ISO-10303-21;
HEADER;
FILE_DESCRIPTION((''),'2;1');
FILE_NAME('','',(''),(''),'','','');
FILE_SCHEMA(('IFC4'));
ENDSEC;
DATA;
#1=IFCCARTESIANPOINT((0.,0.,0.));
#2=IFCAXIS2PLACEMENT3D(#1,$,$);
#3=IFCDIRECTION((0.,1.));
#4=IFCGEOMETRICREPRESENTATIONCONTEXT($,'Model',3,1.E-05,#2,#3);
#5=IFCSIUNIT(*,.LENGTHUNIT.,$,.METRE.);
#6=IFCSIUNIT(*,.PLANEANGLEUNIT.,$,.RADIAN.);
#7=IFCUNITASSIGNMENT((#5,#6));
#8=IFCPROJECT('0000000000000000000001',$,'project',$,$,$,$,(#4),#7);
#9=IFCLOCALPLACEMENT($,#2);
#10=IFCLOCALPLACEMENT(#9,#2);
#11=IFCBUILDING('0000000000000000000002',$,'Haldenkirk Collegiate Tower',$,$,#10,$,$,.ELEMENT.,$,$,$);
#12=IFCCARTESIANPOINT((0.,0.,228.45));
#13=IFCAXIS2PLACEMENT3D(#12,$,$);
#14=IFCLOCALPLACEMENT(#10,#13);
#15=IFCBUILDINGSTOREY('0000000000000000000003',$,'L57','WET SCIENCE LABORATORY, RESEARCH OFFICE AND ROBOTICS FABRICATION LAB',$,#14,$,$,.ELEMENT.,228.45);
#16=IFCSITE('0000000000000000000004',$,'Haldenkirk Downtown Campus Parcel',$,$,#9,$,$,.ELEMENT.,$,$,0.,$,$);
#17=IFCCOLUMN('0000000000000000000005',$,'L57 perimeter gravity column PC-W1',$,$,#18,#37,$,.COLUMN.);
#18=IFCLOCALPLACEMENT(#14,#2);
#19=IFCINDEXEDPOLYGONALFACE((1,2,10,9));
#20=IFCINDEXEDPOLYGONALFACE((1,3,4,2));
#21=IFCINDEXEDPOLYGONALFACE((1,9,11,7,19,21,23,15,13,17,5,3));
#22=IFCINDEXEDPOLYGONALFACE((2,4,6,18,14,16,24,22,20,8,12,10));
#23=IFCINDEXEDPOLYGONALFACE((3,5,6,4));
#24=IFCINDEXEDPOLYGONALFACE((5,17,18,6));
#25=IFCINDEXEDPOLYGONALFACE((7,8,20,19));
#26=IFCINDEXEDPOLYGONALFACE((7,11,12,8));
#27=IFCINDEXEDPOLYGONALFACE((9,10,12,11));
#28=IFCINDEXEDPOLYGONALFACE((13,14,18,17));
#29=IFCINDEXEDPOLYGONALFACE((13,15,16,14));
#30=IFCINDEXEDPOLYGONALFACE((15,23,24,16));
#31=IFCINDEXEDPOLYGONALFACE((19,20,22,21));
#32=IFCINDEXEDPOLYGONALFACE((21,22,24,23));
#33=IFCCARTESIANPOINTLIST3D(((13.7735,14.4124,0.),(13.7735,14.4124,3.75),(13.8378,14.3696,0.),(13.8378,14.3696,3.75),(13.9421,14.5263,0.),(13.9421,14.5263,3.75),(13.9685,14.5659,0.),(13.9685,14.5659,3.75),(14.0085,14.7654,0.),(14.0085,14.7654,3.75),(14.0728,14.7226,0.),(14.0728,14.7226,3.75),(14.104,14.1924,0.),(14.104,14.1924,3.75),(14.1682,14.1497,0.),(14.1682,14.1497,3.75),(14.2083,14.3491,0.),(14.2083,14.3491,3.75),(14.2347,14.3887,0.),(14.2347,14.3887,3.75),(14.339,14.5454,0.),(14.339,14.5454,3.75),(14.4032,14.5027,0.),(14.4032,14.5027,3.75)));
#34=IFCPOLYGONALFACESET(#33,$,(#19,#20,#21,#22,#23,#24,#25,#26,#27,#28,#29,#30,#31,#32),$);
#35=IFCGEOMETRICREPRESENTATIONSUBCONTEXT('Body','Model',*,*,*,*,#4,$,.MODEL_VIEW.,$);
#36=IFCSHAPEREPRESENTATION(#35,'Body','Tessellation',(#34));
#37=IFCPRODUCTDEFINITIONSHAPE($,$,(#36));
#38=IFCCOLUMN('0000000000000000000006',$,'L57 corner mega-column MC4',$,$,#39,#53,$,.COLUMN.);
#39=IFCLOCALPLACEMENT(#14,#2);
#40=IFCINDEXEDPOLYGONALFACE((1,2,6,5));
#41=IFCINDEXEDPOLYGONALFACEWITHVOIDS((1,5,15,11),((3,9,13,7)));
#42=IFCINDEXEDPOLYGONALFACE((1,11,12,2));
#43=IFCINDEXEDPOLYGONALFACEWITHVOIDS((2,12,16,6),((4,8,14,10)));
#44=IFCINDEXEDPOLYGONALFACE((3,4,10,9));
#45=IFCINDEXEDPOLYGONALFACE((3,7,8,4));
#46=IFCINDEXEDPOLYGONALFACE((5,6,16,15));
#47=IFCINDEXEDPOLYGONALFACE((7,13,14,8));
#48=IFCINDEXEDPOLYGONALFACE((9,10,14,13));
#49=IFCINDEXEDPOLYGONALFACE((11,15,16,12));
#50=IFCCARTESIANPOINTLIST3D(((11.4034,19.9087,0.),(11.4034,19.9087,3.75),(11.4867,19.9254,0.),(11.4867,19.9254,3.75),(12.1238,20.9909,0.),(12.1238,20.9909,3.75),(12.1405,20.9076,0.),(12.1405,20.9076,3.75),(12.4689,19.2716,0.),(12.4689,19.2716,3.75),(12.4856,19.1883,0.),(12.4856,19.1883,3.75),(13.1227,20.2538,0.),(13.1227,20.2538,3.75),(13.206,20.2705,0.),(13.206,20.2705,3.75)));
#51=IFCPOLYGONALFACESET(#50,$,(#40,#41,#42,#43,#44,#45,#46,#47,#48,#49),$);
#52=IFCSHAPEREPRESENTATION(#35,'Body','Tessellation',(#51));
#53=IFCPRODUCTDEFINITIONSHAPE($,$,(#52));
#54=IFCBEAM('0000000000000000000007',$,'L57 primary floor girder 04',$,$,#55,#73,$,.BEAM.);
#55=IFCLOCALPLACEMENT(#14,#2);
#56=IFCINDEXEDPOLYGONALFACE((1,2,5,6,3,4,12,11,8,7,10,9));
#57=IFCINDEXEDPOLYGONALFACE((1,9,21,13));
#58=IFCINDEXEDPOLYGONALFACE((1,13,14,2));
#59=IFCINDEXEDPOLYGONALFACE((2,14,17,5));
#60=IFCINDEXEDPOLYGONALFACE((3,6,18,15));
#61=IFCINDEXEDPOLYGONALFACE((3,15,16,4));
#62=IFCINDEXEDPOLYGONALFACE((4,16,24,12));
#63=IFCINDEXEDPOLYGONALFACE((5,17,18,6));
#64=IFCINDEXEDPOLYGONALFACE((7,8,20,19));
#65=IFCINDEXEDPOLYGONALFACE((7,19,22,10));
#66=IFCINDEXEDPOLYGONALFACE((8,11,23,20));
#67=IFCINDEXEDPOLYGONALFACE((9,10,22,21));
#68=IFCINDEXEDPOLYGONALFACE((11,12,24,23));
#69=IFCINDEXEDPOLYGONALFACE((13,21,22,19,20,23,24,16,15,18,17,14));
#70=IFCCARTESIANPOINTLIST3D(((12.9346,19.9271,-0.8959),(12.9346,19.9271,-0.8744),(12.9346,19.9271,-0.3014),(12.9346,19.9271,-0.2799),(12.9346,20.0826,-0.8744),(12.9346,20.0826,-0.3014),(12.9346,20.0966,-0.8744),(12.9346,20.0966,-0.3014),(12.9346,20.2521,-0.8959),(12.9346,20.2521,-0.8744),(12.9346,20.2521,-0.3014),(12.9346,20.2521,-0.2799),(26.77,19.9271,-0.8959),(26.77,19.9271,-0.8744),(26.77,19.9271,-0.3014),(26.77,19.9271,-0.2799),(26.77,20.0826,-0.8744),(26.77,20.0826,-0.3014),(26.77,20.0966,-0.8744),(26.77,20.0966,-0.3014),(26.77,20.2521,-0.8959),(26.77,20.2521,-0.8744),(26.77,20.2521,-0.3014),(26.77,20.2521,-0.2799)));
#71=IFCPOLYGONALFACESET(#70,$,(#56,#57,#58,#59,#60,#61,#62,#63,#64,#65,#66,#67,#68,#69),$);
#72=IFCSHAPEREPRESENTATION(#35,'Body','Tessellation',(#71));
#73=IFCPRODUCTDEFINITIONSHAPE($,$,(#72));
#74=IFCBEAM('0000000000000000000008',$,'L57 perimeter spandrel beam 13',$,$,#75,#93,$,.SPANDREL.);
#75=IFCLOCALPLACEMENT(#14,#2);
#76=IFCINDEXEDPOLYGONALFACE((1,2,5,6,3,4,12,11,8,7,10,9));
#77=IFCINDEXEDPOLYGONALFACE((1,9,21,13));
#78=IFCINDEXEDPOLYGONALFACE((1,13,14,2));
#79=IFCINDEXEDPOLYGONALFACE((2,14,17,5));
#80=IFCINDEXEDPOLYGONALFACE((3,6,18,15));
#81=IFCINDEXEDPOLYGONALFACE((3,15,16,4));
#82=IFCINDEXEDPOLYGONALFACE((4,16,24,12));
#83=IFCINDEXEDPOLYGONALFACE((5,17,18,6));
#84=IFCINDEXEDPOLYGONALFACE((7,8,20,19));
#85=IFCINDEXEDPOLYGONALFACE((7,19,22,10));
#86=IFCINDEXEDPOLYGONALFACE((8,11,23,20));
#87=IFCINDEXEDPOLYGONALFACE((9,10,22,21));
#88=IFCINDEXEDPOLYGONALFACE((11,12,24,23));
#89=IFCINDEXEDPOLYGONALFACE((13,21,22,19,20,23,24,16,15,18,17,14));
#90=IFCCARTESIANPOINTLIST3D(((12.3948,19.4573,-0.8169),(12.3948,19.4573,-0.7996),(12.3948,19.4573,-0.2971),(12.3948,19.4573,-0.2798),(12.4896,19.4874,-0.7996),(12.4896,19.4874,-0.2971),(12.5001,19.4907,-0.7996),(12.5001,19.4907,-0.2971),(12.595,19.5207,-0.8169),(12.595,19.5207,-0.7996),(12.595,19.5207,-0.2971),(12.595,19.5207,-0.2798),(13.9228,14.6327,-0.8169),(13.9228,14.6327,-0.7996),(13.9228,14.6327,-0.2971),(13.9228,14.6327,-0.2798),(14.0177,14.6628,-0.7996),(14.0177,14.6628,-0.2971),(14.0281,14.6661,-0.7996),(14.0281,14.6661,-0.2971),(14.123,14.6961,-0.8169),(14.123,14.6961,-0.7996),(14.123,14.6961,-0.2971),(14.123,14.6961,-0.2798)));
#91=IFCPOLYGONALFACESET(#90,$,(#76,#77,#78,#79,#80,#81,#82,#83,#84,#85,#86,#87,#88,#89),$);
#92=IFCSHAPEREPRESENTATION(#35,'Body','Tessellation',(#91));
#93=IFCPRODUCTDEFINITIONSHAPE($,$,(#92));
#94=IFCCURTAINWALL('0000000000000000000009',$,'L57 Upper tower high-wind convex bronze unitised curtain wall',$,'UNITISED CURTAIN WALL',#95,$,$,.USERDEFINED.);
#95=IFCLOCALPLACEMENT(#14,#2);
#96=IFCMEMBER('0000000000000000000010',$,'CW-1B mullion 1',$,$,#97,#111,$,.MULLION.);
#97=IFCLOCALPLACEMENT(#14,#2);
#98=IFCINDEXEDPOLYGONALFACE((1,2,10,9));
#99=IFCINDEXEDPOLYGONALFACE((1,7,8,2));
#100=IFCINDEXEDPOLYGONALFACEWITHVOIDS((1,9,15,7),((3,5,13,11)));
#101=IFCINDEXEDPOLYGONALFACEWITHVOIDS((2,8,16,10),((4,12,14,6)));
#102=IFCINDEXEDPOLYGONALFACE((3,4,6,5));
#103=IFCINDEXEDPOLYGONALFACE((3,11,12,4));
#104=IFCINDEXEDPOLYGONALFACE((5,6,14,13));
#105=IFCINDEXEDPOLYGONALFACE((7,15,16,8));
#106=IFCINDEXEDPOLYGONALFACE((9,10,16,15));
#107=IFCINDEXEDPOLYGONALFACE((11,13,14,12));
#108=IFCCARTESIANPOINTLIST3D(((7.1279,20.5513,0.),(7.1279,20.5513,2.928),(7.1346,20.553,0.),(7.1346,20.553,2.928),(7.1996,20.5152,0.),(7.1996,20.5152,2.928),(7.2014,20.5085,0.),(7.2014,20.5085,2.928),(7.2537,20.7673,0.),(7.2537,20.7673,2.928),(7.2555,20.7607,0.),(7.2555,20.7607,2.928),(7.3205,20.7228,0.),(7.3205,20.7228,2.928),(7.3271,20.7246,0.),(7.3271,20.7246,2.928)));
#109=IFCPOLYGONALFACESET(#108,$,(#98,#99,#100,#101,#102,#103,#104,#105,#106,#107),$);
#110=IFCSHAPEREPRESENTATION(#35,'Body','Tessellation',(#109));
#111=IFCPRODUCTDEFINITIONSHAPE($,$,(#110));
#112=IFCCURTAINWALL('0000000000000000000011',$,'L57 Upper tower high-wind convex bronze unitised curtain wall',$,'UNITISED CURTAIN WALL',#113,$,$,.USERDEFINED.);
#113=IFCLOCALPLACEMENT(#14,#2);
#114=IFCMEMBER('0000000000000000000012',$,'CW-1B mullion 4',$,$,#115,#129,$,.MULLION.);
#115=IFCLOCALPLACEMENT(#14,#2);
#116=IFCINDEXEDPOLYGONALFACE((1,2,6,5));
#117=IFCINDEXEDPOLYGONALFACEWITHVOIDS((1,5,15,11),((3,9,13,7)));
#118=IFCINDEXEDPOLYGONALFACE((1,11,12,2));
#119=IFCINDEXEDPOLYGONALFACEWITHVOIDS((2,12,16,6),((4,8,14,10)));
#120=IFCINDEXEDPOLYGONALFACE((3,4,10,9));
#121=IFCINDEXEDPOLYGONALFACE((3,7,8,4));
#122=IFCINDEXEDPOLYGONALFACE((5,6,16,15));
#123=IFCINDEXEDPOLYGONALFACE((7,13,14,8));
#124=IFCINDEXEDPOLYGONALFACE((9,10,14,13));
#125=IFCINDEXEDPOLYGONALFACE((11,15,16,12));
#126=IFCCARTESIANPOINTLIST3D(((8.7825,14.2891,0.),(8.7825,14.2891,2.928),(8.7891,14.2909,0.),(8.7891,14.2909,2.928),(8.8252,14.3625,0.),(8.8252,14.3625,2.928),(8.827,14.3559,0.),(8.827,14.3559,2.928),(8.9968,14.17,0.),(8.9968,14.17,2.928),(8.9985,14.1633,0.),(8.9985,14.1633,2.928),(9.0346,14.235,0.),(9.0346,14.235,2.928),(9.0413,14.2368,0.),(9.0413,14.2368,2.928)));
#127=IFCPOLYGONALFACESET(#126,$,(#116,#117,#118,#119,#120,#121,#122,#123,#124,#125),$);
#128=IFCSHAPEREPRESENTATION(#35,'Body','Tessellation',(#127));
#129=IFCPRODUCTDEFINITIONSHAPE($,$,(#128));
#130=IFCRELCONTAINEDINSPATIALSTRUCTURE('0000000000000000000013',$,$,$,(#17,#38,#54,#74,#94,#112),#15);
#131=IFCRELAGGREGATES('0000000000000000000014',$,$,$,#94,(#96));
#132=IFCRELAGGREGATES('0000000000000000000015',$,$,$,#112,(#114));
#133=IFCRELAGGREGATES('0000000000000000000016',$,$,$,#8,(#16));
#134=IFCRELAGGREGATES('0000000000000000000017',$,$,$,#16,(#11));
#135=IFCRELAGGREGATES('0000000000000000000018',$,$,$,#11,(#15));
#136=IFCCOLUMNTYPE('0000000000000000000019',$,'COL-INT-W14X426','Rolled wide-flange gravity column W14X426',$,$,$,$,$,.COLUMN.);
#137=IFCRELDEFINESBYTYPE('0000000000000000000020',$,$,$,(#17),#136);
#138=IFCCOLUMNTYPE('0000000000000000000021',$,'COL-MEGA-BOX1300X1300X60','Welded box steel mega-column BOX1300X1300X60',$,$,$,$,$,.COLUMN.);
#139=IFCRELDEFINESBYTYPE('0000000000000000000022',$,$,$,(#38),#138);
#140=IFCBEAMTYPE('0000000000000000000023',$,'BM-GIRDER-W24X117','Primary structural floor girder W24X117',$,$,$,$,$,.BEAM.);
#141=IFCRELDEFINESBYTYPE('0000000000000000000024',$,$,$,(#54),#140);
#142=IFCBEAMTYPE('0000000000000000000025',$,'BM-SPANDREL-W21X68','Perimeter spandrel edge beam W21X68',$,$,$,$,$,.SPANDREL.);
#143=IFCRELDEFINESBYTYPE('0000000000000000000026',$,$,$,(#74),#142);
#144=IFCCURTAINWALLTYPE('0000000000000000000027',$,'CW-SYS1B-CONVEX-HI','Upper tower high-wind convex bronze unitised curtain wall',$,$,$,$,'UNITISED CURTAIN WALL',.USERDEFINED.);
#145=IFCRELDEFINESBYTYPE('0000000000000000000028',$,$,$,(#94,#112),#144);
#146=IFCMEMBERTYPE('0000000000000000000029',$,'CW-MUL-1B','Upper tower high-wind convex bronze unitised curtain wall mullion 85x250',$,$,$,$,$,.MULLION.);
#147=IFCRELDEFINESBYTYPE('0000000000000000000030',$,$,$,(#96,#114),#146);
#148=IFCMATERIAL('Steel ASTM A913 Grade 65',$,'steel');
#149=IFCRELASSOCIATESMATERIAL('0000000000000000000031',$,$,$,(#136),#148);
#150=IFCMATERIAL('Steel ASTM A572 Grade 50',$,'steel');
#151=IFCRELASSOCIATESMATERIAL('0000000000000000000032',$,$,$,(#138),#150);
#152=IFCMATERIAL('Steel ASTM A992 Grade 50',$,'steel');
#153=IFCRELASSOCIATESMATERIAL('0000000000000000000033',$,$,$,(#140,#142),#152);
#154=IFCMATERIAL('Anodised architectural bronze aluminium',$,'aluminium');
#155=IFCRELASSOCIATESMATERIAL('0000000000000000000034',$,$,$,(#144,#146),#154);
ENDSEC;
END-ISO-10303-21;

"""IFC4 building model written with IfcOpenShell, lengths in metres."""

from ifc_helpers import new_model, si_unit, direction, frame, origin, origin_2d, place, context, subcontext, project, spatial, hollow_rectangle, i_section, extrude, material, material_profile, profile_set, type_object, element, aggregate, save


model = new_model("IFC4")

# Units and contexts
model_context = context("Model", 3, precision=1e-05, world=origin(), true_north=direction((0.0, 1.0)))
body_context = subcontext(model_context, "Body", "Model", "MODEL_VIEW")
ifc_project = project(units=[si_unit("LENGTHUNIT", "METRE"), si_unit("PLANEANGLEUNIT", "RADIAN")], contexts=[model_context])

# Site, building, storey
site_placement = place(None, origin())
site = spatial("IfcSite", under=ifc_project, at=site_placement, Name="Haldenkirk Downtown Campus Parcel", CompositionType="ELEMENT", RefElevation=0.0)
building_placement = place(site_placement, origin())
building = spatial("IfcBuilding", under=site, at=building_placement, Name="Haldenkirk Collegiate Tower", CompositionType="ELEMENT")
storey_placement = place(building_placement, frame((0.0, 0.0, 228.45)))
storey = spatial("IfcBuildingStorey", under=building, at=storey_placement, Name="L57", Description="WET SCIENCE LABORATORY, RESEARCH OFFICE AND ROBOTICS FABRICATION LAB", CompositionType="ELEMENT", Elevation=228.45)

# Columns
ifc_material_1 = material(Name="Steel ASTM A913 Grade 65", Category="steel")
ifc_material_profile_1 = material_profile(ifc_material_1, i_section(OverallWidth=0.4241, OverallDepth=0.4741, WebThickness=0.0476, FlangeThickness=0.0771, at=origin_2d()), Name="W14X426")
ifc_profile_set_1 = profile_set([ifc_material_profile_1], Name="Steel ASTM A913 Grade 65")
column_type_1 = type_object("IfcColumnType", Name="COL-INT-W14X426", Description="Rolled wide-flange gravity column W14X426", PredefinedType="COLUMN", material=ifc_profile_set_1)
column_1_placement = place(storey_placement, frame((14.0884, 14.4575, 0.0), z_axis=(0.0, 0.0, 1.0), x_axis=(0.554118, 0.832438, 0.0)))
element("IfcColumn", 1, at=column_1_placement, inside=storey, type_object=column_type_1, Name="L57 perimeter gravity column PC-W1", PredefinedType="COLUMN", context=body_context, shape_type="SweptSolid", body=[
    extrude(i_section(OverallWidth=0.4241, OverallDepth=0.4741, WebThickness=0.0476, FlangeThickness=0.0771, at=origin_2d()), origin(), (0.0, 0.0, 1.0), 3.75),
])
ifc_material_2 = material(Name="Steel ASTM A572 Grade 50", Category="steel")
ifc_material_profile_2 = material_profile(ifc_material_2, hollow_rectangle(XDim=1.3, YDim=1.3, WallThickness=0.0601, at=origin_2d()), Name="BOX1300X1300X60")
ifc_profile_set_2 = profile_set([ifc_material_profile_2], Name="Steel ASTM A572 Grade 50")
column_type_2 = type_object("IfcColumnType", Name="COL-MEGA-BOX1300X1300X60", Description="Welded box steel mega-column BOX1300X1300X60", PredefinedType="COLUMN", material=ifc_profile_set_2)
column_2_placement = place(storey_placement, frame((12.3047, 20.0896, 0.0), z_axis=(0.0, 0.0, 1.0), x_axis=(0.554118, 0.832438, 0.0)))
element("IfcColumn", 2, at=column_2_placement, inside=storey, type_object=column_type_2, Name="L57 corner mega-column MC4", PredefinedType="COLUMN", context=body_context, shape_type="SweptSolid", body=[
    extrude(hollow_rectangle(XDim=1.3, YDim=1.3, WallThickness=0.0601, at=origin_2d()), origin(), (0.0, 0.0, 1.0), 3.75),
])

# Beams
ifc_material_3 = material(Name="Steel ASTM A992 Grade 50", Category="steel")
ifc_material_profile_3 = material_profile(ifc_material_3, i_section(OverallWidth=0.325, OverallDepth=0.616, WebThickness=0.0139, FlangeThickness=0.0215, at=origin_2d()), Name="W24X117")
ifc_profile_set_3 = profile_set([ifc_material_profile_3], Name="Steel ASTM A992 Grade 50")
beam_type_1 = type_object("IfcBeamType", Name="BM-GIRDER-W24X117", Description="Primary structural floor girder W24X117", PredefinedType="BEAM", material=ifc_profile_set_3)
beam_1_placement = place(storey_placement, frame((12.9346, 20.0896, -0.5879), z_axis=(1.0, 0.0, 0.0), x_axis=(0.0, 1.0, 0.0)))
element("IfcBeam", 3, at=beam_1_placement, inside=storey, type_object=beam_type_1, Name="L57 primary floor girder 04", PredefinedType="BEAM", context=body_context, shape_type="SweptSolid", body=[
    extrude(i_section(OverallWidth=0.325, OverallDepth=0.616, WebThickness=0.0139, FlangeThickness=0.0215, at=origin_2d()), origin(), (0.0, 0.0, 1.0), 13.8354),
])
ifc_material_profile_4 = material_profile(ifc_material_3, i_section(OverallWidth=0.21, OverallDepth=0.5371, WebThickness=0.011, FlangeThickness=0.0173, at=origin_2d()), Name="W21X68")
ifc_profile_set_4 = profile_set([ifc_material_profile_4], Name="Steel ASTM A992 Grade 50")
beam_type_2 = type_object("IfcBeamType", Name="BM-SPANDREL-W21X68", Description="Perimeter spandrel edge beam W21X68", PredefinedType="SPANDREL", material=ifc_profile_set_4)
beam_2_placement = place(storey_placement, frame((12.4949, 19.489, -0.5483), z_axis=(0.301937, -0.953328, 0.0), x_axis=(0.953328, 0.301937, 0.0)))
element("IfcBeam", 4, at=beam_2_placement, inside=storey, type_object=beam_type_2, Name="L57 perimeter spandrel beam 13", PredefinedType="SPANDREL", context=body_context, shape_type="SweptSolid", body=[
    extrude(i_section(OverallWidth=0.21, OverallDepth=0.5371, WebThickness=0.011, FlangeThickness=0.0173, at=origin_2d()), origin(), (0.0, 0.0, 1.0), 5.0608),
])

# Curtain walls, members
ifc_material_4 = material(Name="Anodised architectural bronze aluminium", Category="aluminium")
curtain_wall_type = type_object("IfcCurtainWallType", Name="CW-SYS1B-CONVEX-HI", Description="Upper tower high-wind convex bronze unitised curtain wall", ElementType="UNITISED CURTAIN WALL", PredefinedType="USERDEFINED", material=ifc_material_4)
curtain_wall_1_placement = place(storey_placement, origin())
curtain_wall_1 = element("IfcCurtainWall", 5, at=curtain_wall_1_placement, inside=storey, type_object=curtain_wall_type, Name="L57 Upper tower high-wind convex bronze unitised curtain wall", ObjectType="UNITISED CURTAIN WALL", PredefinedType="USERDEFINED")
ifc_material_profile_5 = material_profile(ifc_material_4, hollow_rectangle(XDim=0.085, YDim=0.25, WallThickness=0.0049, at=origin_2d()), Name="CW-MUL-1B")
ifc_profile_set_5 = profile_set([ifc_material_profile_5], Name="Anodised architectural bronze aluminium")
member_type = type_object("IfcMemberType", Name="CW-MUL-1B", Description="Upper tower high-wind convex bronze unitised curtain wall mullion 85x250", PredefinedType="MULLION", material=ifc_profile_set_5)
member_1_placement = place(storey_placement, frame((7.2275, 20.6379, 0.0), z_axis=(0.0, 0.0, 1.0), x_axis=(-0.864275, 0.50302, 0.0)))
member_1 = element("IfcMember", 6, at=member_1_placement, type_object=member_type, Name="CW-1B mullion 1", PredefinedType="MULLION", context=body_context, shape_type="SweptSolid", body=[
    extrude(hollow_rectangle(XDim=0.085, YDim=0.25, WallThickness=0.0049, at=origin_2d()), origin(), (0.0, 0.0, 1.0), 2.928),
])
aggregate(curtain_wall_1, [member_1])
curtain_wall_2_placement = place(storey_placement, origin())
curtain_wall_2 = element("IfcCurtainWall", 7, at=curtain_wall_2_placement, inside=storey, type_object=curtain_wall_type, Name="L57 Upper tower high-wind convex bronze unitised curtain wall", ObjectType="UNITISED CURTAIN WALL", PredefinedType="USERDEFINED")
member_2_placement = place(storey_placement, frame((8.9119, 14.2629, 0.0), z_axis=(0.0, 0.0, 1.0), x_axis=(-0.503018, -0.864276, 0.0)))
member_2 = element("IfcMember", 8, at=member_2_placement, type_object=member_type, Name="CW-1B mullion 4", PredefinedType="MULLION", context=body_context, shape_type="SweptSolid", body=[
    extrude(hollow_rectangle(XDim=0.085, YDim=0.25, WallThickness=0.0049, at=origin_2d()), origin(), (0.0, 0.0, 1.0), 2.928),
])
aggregate(curtain_wall_2, [member_2])

save(model, "model.ifc")
